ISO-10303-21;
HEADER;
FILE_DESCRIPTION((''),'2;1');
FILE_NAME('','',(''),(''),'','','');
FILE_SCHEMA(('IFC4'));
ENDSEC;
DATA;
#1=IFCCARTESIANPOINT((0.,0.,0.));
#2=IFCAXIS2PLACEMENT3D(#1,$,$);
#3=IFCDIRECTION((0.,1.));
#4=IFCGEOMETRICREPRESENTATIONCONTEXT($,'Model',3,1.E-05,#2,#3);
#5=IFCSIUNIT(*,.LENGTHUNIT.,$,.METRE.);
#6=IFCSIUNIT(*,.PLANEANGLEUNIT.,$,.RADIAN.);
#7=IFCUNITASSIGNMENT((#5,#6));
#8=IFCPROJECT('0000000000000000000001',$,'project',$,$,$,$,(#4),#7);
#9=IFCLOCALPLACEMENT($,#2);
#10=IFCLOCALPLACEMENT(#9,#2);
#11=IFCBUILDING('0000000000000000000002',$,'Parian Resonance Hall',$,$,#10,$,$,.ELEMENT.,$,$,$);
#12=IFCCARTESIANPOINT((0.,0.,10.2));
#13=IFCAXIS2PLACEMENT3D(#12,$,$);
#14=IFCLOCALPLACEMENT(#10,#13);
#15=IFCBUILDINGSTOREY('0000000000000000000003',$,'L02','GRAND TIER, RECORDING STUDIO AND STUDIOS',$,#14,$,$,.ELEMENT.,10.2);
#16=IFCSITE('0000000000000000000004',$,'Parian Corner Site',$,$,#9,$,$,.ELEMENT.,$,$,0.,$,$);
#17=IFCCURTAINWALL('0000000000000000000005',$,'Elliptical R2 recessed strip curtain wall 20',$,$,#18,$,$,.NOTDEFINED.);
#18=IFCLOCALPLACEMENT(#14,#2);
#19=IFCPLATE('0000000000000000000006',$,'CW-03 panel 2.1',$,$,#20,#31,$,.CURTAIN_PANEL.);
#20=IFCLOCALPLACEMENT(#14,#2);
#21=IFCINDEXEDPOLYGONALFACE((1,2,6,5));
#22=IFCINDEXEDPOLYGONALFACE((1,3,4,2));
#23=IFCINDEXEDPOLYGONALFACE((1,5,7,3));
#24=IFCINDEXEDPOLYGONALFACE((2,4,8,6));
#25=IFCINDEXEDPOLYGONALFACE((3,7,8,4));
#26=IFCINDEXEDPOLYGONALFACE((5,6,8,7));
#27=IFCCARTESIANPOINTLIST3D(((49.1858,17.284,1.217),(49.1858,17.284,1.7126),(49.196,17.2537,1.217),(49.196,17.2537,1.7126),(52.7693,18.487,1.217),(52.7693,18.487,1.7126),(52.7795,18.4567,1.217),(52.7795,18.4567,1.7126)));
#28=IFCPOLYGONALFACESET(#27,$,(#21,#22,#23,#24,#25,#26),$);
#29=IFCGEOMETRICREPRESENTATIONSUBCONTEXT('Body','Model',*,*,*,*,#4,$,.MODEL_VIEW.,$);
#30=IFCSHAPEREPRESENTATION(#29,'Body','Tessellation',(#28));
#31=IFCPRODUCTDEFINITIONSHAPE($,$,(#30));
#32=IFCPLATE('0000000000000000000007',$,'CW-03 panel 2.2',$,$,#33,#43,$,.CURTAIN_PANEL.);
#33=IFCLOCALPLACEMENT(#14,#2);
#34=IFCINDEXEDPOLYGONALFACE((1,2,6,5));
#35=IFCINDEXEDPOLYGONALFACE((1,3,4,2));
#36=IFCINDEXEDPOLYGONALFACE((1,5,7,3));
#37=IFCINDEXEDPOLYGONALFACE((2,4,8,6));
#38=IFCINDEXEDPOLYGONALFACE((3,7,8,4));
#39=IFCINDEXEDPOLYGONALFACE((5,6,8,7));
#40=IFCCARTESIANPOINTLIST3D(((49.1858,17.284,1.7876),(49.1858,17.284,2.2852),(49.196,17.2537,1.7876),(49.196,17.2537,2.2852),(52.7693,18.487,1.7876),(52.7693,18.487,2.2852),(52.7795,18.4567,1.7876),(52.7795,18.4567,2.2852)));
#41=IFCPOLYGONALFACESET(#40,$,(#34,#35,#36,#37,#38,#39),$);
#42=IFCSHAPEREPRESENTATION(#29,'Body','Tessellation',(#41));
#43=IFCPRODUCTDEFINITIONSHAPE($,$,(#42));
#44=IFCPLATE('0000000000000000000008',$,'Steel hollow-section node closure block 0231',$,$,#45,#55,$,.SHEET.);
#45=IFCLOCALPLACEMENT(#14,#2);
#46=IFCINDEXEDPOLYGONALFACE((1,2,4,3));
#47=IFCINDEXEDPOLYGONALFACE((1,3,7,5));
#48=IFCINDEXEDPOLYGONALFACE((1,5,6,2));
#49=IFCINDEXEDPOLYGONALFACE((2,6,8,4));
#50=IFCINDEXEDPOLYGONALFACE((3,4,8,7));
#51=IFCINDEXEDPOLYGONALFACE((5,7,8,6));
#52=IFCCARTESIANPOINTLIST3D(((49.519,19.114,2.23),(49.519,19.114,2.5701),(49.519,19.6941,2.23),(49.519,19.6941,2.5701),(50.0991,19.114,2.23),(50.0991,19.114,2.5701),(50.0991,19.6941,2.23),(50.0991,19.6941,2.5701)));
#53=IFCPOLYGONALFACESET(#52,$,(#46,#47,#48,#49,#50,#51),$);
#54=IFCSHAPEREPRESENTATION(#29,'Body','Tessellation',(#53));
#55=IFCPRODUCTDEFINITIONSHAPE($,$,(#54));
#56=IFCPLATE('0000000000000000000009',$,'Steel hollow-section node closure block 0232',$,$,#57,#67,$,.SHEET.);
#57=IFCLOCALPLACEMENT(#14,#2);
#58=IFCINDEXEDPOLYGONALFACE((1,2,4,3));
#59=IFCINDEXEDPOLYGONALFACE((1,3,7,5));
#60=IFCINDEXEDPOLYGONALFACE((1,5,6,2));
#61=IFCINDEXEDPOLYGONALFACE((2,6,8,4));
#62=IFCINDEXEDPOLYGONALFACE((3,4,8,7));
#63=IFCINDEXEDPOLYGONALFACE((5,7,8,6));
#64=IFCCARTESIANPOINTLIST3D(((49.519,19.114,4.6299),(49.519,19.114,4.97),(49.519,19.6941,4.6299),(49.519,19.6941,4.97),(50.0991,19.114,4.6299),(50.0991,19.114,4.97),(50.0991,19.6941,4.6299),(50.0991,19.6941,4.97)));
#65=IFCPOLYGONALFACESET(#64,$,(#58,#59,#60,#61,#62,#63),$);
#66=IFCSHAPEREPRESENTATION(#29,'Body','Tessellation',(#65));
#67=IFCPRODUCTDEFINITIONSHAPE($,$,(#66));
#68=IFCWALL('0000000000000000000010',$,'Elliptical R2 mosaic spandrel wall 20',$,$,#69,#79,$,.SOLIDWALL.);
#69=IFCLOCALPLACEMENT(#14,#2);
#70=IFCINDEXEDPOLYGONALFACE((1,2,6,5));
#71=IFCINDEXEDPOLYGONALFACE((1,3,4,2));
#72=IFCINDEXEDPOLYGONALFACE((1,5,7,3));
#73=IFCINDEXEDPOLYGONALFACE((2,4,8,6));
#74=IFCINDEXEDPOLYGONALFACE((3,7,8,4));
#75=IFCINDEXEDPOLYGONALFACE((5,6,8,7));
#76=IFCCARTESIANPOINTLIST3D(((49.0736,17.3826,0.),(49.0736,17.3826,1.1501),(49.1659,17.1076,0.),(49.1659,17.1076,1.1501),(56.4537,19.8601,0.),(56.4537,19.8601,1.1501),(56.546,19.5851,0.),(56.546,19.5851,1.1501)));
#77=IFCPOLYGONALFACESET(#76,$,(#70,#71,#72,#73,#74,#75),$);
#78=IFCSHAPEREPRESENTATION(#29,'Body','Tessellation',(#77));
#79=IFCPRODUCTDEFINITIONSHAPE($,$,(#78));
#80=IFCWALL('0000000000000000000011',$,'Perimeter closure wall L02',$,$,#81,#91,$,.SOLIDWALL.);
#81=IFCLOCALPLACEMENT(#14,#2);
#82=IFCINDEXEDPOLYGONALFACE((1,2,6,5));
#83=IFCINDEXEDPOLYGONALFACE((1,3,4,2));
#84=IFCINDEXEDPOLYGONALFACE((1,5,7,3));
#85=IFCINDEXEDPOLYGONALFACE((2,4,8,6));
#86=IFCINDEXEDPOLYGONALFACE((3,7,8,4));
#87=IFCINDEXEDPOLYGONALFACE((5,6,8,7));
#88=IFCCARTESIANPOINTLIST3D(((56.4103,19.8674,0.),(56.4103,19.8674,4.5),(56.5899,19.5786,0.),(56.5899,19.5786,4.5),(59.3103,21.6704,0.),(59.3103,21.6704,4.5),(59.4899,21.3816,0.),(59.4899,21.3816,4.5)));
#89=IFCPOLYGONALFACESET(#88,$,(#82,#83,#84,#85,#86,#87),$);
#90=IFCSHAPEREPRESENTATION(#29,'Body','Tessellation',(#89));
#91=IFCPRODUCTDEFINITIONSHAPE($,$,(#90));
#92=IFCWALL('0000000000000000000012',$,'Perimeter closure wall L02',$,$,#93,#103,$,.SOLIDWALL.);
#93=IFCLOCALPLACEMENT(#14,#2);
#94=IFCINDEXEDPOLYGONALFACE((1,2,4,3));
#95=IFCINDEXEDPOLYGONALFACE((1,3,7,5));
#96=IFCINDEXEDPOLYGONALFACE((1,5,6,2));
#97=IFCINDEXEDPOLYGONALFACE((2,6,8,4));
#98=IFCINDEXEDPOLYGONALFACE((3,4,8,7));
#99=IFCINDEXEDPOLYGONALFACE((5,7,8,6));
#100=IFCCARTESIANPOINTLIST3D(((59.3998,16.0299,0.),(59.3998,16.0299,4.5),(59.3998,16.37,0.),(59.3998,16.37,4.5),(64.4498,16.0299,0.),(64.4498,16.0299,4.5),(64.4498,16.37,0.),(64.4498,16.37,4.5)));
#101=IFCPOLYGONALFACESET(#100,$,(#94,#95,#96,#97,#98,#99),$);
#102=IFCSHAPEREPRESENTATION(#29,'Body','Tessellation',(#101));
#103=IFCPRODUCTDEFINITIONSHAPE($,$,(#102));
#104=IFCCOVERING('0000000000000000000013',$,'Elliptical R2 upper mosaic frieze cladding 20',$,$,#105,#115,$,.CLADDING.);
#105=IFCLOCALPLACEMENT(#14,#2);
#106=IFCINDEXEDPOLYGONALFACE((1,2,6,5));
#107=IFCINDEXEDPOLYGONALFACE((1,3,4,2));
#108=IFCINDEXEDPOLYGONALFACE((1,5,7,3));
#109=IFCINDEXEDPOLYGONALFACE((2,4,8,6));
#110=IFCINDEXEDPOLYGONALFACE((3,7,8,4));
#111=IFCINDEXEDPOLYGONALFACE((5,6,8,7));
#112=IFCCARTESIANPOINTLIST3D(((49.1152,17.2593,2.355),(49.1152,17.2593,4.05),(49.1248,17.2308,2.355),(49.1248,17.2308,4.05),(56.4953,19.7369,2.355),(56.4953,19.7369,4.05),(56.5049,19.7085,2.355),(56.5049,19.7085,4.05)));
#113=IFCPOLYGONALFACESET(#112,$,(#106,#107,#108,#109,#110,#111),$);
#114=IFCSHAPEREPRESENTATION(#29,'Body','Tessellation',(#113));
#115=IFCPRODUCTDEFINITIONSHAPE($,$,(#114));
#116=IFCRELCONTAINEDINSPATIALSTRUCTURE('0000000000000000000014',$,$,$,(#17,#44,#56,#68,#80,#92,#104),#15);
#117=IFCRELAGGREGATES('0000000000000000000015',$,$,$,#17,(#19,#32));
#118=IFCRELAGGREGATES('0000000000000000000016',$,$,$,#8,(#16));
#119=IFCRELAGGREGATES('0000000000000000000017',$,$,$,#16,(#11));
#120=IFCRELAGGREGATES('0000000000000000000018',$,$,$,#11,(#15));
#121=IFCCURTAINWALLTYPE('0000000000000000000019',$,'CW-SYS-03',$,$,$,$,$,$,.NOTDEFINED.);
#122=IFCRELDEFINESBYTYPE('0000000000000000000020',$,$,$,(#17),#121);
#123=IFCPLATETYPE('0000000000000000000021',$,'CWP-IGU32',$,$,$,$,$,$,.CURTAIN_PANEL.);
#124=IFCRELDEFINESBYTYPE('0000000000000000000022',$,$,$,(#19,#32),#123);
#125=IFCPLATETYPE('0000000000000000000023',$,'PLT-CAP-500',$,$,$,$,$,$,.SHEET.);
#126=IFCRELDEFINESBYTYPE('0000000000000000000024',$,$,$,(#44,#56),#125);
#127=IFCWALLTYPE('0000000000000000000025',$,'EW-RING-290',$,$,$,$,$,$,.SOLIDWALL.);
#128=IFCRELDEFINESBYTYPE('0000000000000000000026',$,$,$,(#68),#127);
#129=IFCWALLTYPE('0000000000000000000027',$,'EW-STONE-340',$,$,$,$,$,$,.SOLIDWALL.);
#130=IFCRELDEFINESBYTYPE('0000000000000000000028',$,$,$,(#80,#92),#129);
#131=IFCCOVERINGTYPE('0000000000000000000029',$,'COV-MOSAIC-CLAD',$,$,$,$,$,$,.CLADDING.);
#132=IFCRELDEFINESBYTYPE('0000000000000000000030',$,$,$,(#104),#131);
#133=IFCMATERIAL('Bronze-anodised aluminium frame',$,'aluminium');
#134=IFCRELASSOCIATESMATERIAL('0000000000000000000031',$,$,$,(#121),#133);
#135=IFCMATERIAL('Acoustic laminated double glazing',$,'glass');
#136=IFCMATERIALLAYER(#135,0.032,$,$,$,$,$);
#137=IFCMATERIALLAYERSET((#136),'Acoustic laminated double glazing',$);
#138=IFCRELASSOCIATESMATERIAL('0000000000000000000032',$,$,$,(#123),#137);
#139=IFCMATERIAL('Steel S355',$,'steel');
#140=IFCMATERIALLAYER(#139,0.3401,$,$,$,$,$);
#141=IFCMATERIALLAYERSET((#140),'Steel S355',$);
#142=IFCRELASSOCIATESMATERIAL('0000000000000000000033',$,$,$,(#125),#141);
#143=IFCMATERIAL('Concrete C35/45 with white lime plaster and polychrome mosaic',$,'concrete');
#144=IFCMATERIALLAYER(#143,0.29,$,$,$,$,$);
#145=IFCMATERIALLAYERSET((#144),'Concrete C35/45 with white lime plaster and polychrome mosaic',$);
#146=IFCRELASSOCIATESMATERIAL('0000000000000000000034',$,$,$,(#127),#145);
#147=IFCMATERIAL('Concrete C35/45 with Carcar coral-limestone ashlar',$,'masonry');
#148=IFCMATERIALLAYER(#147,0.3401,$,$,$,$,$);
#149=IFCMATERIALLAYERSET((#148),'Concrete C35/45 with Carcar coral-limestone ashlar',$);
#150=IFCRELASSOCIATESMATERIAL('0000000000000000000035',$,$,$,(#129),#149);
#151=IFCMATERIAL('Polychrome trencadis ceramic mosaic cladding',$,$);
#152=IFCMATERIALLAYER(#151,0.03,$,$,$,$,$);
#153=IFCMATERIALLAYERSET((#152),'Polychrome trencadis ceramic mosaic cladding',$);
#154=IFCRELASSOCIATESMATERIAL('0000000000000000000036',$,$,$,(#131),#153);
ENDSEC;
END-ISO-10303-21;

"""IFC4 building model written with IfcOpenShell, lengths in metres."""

from ifc_helpers import new_model, si_unit, direction, frame, frame_2d, origin, origin_2d, place, context, subcontext, project, spatial, rectangle, extrude, material, layer, layer_set, type_object, element, aggregate, save


model = new_model("IFC4")

# Units and contexts
model_context = context("Model", 3, precision=1e-05, world=origin(), true_north=direction((0.0, 1.0)))
body_context = subcontext(model_context, "Body", "Model", "MODEL_VIEW")
ifc_project = project(units=[si_unit("LENGTHUNIT", "METRE"), si_unit("PLANEANGLEUNIT", "RADIAN")], contexts=[model_context])

# Site, building, storey
site_placement = place(None, origin())
site = spatial("IfcSite", under=ifc_project, at=site_placement, Name="Parian Corner Site", CompositionType="ELEMENT", RefElevation=0.0)
building_placement = place(site_placement, origin())
building = spatial("IfcBuilding", under=site, at=building_placement, Name="Parian Resonance Hall", CompositionType="ELEMENT")
storey_placement = place(building_placement, frame((0.0, 0.0, 10.2)))
storey = spatial("IfcBuildingStorey", under=building, at=storey_placement, Name="L02", Description="GRAND TIER, RECORDING STUDIO AND STUDIOS", CompositionType="ELEMENT", Elevation=10.2)

# Curtain wall
ifc_material_1 = material(Name="Bronze-anodised aluminium frame", Category="aluminium")
curtain_wall_type = type_object("IfcCurtainWallType", Name="CW-SYS-03", PredefinedType="NOTDEFINED", material=ifc_material_1)
curtain_wall_placement = place(storey_placement, origin())
curtain_wall = element("IfcCurtainWall", 1, at=curtain_wall_placement, inside=storey, type_object=curtain_wall_type, Name="Elliptical R2 recessed strip curtain wall 20", PredefinedType="NOTDEFINED")

# Plates
ifc_material_2 = material(Name="Acoustic laminated double glazing", Category="glass")
ifc_layer_1 = layer(ifc_material_2, 0.032)
ifc_layer_set_1 = layer_set([ifc_layer_1], Name="Acoustic laminated double glazing")
plate_type_1 = type_object("IfcPlateType", Name="CWP-IGU32", PredefinedType="CURTAIN_PANEL", material=ifc_layer_set_1)
plate_1_placement = place(storey_placement, frame((50.9827, 17.8704, 1.217), z_axis=(0.0, 0.0, 1.0), x_axis=(-0.948004, -0.318258, 0.0)))
plate_1 = element("IfcPlate", 2, at=plate_1_placement, type_object=plate_type_1, Name="CW-03 panel 2.1", PredefinedType="CURTAIN_PANEL", context=body_context, shape_type="SweptSolid", body=[
    extrude(rectangle(XDim=3.78, YDim=0.032, at=origin_2d()), origin(), (0.0, 0.0, 1.0), 0.4956),
])
plate_2_placement = place(storey_placement, frame((50.9827, 17.8704, 1.7876), z_axis=(0.0, 0.0, 1.0), x_axis=(-0.948004, -0.318258, 0.0)))
plate_2 = element("IfcPlate", 3, at=plate_2_placement, type_object=plate_type_1, Name="CW-03 panel 2.2", PredefinedType="CURTAIN_PANEL", context=body_context, shape_type="SweptSolid", body=[
    extrude(rectangle(XDim=3.78, YDim=0.032, at=origin_2d()), origin(), (0.0, 0.0, 1.0), 0.4976),
])
aggregate(curtain_wall, [plate_1, plate_2])

# Plates
ifc_material_3 = material(Name="Steel S355", Category="steel")
ifc_layer_2 = layer(ifc_material_3, 0.3401)
ifc_layer_set_2 = layer_set([ifc_layer_2], Name="Steel S355")
plate_type_2 = type_object("IfcPlateType", Name="PLT-CAP-500", PredefinedType="SHEET", material=ifc_layer_set_2)
for number, where, z_axis, x_axis, name in (
    (4, (49.8091, 19.4041, 2.23), (0.0, 0.0, 1.0), (1.0, 0.0, 0.0), "Steel hollow-section node closure block 0231"),
    (5, (49.8091, 19.4041, 4.6299), (0.0, 0.0, 1.0), (1.0, 0.0, 0.0), "Steel hollow-section node closure block 0232"),
):
    element("IfcPlate", number, at=place(storey_placement, frame(where, z_axis=z_axis, x_axis=x_axis)), inside=storey, type_object=plate_type_2, Name=name, PredefinedType="SHEET", context=body_context, shape_type="SweptSolid", body=[
        extrude(rectangle(XDim=0.5801, YDim=0.5801, at=origin_2d()), origin(), (0.0, 0.0, 1.0), 0.3401),
    ])

# Walls
ifc_material_4 = material(Name="Concrete C35/45 with white lime plaster and polychrome mosaic", Category="concrete")
ifc_layer_3 = layer(ifc_material_4, 0.29)
ifc_layer_set_3 = layer_set([ifc_layer_3], Name="Concrete C35/45 with white lime plaster and polychrome mosaic")
wall_type_1 = type_object("IfcWallType", Name="EW-RING-290", PredefinedType="SOLIDWALL", material=ifc_layer_set_3)
wall_1_placement = place(storey_placement, frame((56.5, 19.7227, 0.0), z_axis=(0.0, 0.0, 1.0), x_axis=(-0.948007, -0.31825, 0.0)))
element("IfcWall", 6, at=wall_1_placement, inside=storey, type_object=wall_type_1, Name="Elliptical R2 mosaic spandrel wall 20", PredefinedType="SOLIDWALL", context=body_context, shape_type="SweptSolid", body=[
    extrude(rectangle(XDim=7.7849, YDim=0.29, at=frame_2d((3.8926, 0.0))), origin(), (0.0, 0.0, 1.0), 1.1501),
])
ifc_material_5 = material(Name="Concrete C35/45 with Carcar coral-limestone ashlar", Category="masonry")
ifc_layer_4 = layer(ifc_material_5, 0.3401)
ifc_layer_set_4 = layer_set([ifc_layer_4], Name="Concrete C35/45 with Carcar coral-limestone ashlar")
wall_type_2 = type_object("IfcWallType", Name="EW-STONE-340", PredefinedType="SOLIDWALL", material=ifc_layer_set_4)
wall_2_placement = place(storey_placement, frame((56.5, 19.7229, 0.0), z_axis=(0.0, 0.0, 1.0), x_axis=(0.849241, 0.528005, 0.0)))
element("IfcWall", 7, at=wall_2_placement, inside=storey, type_object=wall_type_2, Name="Perimeter closure wall L02", PredefinedType="SOLIDWALL", context=body_context, shape_type="SweptSolid", body=[
    extrude(rectangle(XDim=3.4148, YDim=0.3401, at=frame_2d((1.7075, 0.0))), origin(), (0.0, 0.0, 1.0), 4.5),
])
wall_3_placement = place(storey_placement, frame((59.3999, 16.2, 0.0), z_axis=(0.0, 0.0, 1.0), x_axis=(1.0, 0.0, 0.0)))
element("IfcWall", 8, at=wall_3_placement, inside=storey, type_object=wall_type_2, Name="Perimeter closure wall L02", PredefinedType="SOLIDWALL", context=body_context, shape_type="SweptSolid", body=[
    extrude(rectangle(XDim=5.05, YDim=0.3401, at=frame_2d((2.5249, 0.0))), origin(), (0.0, 0.0, 1.0), 4.5),
])

# Covering
ifc_material_6 = material(Name="Polychrome trencadis ceramic mosaic cladding")
ifc_layer_5 = layer(ifc_material_6, 0.03)
ifc_layer_set_5 = layer_set([ifc_layer_5], Name="Polychrome trencadis ceramic mosaic cladding")
covering_type = type_object("IfcCoveringType", Name="COV-MOSAIC-CLAD", PredefinedType="CLADDING", material=ifc_layer_set_5)
covering_placement = place(storey_placement, frame((52.8101, 18.4839, 2.355), z_axis=(0.0, 0.0, 1.0), x_axis=(-0.948004, -0.318258, 0.0)))
element("IfcCovering", 9, at=covering_placement, inside=storey, type_object=covering_type, Name="Elliptical R2 upper mosaic frieze cladding 20", PredefinedType="CLADDING", context=body_context, shape_type="SweptSolid", body=[
    extrude(rectangle(XDim=7.7849, YDim=0.03, at=origin_2d()), origin(), (0.0, 0.0, 1.0), 1.6951),
])

save(model, "model.ifc")
